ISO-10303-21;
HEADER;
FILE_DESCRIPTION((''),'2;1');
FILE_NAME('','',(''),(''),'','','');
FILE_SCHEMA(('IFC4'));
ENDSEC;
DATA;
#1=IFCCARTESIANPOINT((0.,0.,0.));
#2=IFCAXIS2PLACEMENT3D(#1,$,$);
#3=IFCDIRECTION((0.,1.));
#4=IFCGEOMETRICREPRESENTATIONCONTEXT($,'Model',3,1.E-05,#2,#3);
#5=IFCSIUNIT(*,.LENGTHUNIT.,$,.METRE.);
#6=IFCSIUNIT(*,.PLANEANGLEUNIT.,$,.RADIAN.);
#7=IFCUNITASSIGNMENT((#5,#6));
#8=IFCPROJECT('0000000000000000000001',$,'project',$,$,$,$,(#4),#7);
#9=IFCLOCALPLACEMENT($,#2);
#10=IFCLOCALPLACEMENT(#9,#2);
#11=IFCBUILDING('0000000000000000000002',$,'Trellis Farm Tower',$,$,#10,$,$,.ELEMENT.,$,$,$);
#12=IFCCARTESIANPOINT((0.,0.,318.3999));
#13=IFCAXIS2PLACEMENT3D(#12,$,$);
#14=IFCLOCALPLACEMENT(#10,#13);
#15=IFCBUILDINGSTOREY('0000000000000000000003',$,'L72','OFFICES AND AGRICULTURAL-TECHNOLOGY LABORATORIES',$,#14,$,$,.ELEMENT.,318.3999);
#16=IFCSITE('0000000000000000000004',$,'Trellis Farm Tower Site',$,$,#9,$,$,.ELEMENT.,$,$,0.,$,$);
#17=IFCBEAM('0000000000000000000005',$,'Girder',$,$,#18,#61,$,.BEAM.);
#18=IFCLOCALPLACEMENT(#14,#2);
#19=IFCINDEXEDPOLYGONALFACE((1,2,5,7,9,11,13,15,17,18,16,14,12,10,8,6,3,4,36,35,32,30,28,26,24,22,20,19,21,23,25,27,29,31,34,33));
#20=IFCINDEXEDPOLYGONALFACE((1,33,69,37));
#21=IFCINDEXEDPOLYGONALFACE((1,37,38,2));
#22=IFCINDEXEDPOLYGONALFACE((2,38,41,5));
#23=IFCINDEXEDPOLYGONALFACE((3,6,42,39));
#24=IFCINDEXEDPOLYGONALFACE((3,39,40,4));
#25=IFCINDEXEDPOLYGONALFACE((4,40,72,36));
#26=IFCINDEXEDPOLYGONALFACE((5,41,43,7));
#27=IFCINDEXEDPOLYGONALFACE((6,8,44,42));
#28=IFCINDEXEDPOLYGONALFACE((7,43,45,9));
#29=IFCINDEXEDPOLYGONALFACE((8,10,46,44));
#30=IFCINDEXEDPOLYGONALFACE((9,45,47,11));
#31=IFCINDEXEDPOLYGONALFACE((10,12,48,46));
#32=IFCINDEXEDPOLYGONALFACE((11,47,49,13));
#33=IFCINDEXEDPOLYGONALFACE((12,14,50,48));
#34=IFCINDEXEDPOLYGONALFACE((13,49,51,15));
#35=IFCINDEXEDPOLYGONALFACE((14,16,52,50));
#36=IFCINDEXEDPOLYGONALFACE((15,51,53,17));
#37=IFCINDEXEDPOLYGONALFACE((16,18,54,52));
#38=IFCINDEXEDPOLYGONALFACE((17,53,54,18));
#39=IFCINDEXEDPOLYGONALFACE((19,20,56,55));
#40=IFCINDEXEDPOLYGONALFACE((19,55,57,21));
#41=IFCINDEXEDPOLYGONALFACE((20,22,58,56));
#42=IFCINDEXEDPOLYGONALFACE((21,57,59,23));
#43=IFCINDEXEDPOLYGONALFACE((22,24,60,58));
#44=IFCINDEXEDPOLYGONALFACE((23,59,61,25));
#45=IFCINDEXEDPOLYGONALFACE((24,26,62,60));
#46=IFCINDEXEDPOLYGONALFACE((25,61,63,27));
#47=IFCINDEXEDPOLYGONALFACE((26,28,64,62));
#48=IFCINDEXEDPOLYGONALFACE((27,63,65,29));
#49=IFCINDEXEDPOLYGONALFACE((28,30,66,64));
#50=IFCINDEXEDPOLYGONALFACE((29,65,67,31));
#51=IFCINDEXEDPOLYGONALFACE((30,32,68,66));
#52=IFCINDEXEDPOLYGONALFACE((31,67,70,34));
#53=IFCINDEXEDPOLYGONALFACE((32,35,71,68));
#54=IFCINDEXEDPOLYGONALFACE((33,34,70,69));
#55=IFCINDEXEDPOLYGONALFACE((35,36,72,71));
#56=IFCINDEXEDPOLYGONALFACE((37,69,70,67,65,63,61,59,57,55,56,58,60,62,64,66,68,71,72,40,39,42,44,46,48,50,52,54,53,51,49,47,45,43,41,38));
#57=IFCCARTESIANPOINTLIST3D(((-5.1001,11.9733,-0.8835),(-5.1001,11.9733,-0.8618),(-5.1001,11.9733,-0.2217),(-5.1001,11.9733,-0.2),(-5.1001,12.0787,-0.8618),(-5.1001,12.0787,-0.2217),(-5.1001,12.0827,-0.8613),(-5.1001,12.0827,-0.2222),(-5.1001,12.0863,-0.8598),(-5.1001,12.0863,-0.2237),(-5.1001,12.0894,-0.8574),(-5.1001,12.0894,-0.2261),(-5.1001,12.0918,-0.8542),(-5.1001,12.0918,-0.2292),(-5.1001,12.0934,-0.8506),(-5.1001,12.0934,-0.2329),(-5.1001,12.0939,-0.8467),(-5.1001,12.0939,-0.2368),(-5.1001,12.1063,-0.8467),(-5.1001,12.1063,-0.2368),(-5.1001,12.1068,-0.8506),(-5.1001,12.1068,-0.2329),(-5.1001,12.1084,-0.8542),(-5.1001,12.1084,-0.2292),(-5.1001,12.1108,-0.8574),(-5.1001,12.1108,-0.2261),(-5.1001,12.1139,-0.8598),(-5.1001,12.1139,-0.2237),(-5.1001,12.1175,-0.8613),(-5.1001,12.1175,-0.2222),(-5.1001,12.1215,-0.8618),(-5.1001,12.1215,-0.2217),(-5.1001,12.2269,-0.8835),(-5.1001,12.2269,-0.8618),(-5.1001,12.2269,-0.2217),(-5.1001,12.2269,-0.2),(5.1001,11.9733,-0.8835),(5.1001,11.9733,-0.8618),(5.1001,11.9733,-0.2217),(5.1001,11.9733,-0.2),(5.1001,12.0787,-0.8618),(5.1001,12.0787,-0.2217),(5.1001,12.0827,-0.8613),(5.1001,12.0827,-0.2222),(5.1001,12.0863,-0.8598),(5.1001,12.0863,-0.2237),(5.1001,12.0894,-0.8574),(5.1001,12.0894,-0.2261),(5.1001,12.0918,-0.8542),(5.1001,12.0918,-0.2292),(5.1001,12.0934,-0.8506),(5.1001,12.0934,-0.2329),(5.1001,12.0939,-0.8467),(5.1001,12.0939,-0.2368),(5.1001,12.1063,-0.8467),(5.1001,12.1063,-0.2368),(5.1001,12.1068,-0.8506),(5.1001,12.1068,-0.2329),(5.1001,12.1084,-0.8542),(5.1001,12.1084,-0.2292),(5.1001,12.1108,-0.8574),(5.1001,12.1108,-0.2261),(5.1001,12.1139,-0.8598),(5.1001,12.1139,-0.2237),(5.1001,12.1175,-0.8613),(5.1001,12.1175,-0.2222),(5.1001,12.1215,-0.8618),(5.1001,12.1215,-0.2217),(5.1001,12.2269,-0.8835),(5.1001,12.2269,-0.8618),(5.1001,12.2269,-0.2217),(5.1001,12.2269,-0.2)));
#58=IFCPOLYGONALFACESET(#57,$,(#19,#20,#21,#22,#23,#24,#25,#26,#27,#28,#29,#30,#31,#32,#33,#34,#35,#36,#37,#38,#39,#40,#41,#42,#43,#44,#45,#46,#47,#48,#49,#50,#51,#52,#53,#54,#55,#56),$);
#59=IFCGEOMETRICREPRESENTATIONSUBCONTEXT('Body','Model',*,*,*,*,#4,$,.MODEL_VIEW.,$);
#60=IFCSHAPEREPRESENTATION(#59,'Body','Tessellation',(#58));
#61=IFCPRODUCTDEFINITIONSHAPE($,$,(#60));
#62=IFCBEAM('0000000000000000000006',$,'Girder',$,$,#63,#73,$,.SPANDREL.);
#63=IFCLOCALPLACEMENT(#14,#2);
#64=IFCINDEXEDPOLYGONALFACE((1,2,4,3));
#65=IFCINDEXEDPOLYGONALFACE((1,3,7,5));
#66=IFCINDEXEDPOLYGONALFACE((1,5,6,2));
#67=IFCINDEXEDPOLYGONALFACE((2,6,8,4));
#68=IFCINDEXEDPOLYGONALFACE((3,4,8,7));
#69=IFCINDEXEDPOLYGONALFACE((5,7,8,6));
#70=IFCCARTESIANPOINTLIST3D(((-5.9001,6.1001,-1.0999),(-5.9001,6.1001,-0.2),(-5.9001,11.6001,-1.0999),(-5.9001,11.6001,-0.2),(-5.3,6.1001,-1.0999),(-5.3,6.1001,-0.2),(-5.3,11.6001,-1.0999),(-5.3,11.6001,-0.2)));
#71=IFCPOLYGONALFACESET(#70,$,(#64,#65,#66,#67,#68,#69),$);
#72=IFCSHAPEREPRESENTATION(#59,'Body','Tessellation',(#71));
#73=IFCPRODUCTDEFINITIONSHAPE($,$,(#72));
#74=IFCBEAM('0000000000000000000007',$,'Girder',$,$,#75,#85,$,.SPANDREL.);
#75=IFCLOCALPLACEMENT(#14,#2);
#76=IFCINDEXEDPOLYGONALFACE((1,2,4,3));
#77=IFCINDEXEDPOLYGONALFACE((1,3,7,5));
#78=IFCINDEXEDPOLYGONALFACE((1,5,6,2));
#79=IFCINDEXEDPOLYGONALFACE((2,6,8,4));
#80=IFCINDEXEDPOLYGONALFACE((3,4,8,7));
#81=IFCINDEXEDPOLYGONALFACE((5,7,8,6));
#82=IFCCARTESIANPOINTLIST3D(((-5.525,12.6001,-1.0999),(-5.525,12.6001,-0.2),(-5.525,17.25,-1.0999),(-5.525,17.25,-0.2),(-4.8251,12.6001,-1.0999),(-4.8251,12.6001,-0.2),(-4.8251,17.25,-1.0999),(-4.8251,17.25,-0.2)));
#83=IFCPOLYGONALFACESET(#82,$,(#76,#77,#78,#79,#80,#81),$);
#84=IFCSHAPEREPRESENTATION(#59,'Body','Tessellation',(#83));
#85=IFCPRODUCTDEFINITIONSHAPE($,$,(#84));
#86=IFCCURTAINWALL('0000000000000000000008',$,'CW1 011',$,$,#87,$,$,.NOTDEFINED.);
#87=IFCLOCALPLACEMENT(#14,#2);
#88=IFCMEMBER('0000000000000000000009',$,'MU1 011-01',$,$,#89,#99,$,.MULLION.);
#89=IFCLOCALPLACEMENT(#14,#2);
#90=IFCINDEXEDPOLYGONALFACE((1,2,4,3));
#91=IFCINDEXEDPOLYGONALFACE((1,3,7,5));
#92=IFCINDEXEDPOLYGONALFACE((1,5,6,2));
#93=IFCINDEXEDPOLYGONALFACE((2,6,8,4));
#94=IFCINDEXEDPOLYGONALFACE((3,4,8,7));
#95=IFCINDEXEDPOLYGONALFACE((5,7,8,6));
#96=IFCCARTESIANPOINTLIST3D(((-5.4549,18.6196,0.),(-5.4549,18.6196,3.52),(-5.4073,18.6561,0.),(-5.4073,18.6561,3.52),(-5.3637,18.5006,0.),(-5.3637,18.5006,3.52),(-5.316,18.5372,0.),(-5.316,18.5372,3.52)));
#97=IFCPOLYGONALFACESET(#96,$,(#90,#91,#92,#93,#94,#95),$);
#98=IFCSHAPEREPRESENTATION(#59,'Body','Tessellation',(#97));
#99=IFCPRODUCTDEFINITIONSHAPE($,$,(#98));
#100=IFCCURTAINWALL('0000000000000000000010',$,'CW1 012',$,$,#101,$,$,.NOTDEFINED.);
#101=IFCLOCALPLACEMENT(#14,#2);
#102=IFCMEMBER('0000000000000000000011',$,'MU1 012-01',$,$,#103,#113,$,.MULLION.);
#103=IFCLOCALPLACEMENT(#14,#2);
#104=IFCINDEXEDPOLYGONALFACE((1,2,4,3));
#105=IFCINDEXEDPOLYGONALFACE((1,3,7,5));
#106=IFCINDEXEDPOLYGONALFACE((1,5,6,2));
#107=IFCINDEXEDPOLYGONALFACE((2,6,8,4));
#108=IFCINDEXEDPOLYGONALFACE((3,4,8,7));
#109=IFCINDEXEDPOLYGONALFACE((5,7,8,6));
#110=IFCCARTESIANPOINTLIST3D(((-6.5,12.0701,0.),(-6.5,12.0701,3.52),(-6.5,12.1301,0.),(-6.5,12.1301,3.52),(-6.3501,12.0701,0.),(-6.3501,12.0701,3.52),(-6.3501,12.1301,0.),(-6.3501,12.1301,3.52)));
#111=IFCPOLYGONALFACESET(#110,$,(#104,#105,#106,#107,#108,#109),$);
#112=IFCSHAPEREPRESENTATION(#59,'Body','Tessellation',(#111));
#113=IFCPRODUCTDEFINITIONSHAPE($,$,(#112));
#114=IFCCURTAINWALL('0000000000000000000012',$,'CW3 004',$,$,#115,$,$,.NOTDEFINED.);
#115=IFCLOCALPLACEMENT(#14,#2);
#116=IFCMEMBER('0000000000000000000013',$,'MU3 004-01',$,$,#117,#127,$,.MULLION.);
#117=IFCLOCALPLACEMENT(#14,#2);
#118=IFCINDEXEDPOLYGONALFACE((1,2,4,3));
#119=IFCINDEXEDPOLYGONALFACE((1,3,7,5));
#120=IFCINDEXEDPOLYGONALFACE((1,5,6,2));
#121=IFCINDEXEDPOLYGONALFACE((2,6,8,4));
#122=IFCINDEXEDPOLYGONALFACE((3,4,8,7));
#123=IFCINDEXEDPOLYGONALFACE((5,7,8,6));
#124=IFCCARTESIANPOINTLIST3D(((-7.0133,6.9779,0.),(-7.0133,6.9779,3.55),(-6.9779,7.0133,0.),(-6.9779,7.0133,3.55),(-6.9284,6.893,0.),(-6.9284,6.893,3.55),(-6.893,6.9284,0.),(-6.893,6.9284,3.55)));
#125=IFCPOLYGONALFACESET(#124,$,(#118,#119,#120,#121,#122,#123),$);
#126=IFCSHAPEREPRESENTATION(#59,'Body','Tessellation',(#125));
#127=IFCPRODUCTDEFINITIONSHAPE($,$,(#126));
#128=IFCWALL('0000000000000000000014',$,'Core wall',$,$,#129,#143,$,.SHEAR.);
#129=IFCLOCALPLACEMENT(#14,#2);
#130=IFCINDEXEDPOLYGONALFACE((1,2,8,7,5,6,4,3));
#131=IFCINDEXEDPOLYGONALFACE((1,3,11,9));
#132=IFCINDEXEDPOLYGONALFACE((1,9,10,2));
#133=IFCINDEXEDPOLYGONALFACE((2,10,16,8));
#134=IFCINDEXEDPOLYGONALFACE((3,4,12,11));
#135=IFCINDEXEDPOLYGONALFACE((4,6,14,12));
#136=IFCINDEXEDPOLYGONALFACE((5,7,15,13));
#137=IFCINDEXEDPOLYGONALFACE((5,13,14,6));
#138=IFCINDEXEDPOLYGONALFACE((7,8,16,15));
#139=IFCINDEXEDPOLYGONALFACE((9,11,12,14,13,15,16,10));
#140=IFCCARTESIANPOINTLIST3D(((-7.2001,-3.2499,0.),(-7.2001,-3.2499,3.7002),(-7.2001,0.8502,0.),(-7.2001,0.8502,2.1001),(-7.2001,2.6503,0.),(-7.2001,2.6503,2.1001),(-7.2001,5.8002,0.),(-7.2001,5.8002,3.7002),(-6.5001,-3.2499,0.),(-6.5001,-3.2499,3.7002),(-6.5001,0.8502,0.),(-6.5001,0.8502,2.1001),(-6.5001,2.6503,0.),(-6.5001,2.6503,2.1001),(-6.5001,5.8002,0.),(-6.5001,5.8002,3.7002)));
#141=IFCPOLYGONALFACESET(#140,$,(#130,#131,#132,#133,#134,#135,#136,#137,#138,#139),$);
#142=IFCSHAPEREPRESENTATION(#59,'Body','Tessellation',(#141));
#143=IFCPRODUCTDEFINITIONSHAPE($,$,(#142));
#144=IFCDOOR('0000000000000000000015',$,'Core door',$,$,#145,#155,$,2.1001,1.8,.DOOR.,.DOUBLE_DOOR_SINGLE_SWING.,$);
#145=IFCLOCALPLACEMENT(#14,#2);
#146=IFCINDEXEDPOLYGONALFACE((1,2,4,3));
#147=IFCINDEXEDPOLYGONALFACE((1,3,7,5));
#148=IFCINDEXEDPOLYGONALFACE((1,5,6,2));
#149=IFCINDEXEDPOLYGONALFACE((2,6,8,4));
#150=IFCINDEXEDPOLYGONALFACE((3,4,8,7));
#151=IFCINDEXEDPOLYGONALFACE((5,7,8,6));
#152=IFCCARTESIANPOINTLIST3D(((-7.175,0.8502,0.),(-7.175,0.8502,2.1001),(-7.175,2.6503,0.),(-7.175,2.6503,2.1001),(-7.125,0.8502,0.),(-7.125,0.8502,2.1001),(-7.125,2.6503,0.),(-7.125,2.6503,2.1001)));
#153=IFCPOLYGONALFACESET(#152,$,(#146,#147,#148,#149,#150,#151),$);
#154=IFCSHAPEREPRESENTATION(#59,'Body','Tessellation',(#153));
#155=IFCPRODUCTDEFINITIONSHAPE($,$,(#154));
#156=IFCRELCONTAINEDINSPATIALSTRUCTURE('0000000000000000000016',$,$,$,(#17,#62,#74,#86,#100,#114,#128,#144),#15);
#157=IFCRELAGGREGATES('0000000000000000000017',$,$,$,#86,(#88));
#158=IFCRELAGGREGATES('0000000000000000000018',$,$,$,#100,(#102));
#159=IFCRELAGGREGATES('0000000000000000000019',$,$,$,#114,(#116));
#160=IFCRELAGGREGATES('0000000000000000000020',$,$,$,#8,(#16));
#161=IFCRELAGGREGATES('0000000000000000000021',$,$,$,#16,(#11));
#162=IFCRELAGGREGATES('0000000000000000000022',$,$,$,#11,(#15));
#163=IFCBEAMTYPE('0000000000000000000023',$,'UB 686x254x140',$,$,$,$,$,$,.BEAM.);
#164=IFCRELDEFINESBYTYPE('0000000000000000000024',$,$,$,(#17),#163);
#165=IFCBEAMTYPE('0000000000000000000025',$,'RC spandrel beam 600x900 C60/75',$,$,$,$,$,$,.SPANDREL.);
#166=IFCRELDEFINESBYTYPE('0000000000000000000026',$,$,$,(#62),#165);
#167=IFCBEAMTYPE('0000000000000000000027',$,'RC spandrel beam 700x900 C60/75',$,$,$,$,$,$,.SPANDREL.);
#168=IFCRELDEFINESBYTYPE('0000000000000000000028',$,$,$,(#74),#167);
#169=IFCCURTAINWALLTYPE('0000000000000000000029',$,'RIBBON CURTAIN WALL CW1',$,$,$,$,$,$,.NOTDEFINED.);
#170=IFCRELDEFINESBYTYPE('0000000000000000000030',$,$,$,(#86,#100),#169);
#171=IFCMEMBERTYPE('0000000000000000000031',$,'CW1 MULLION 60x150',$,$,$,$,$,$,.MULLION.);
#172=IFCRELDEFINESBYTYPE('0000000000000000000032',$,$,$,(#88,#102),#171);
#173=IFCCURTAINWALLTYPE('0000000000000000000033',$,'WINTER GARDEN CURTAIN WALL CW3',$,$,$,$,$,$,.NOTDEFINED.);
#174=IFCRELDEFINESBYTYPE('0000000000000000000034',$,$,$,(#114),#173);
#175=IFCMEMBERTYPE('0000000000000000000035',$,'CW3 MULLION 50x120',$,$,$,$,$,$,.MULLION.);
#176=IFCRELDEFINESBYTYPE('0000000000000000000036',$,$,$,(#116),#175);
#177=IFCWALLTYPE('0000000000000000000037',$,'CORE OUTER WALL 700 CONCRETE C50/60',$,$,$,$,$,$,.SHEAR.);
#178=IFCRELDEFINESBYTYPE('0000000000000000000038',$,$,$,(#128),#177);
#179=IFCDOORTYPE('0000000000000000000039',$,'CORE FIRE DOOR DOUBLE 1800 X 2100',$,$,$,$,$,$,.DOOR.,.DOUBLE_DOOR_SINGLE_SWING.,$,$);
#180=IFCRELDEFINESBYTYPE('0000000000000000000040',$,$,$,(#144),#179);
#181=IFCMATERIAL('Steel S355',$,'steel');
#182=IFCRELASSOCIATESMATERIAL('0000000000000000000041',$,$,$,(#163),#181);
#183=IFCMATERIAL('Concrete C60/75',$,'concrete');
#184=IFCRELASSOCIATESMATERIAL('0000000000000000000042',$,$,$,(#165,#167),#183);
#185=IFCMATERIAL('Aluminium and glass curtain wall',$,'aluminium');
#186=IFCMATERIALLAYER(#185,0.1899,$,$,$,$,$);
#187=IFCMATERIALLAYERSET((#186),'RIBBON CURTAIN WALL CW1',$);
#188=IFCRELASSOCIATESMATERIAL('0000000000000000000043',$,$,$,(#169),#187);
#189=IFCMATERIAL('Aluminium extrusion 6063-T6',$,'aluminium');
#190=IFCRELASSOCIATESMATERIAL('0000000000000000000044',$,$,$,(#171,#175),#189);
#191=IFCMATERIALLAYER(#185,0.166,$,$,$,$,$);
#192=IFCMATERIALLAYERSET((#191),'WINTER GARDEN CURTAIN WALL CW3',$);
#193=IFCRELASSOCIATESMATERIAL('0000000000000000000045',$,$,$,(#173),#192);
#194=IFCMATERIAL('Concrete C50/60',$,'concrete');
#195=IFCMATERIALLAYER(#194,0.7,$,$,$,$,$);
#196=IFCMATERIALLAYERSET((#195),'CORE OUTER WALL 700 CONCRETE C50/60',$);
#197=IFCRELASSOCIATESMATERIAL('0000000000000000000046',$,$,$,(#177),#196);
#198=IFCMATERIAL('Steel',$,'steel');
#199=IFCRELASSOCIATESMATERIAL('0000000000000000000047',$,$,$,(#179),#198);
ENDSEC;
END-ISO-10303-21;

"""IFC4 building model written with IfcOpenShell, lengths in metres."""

from ifc_helpers import new_model, si_unit, direction, frame, frame_2d, origin, origin_2d, place, context, subcontext, project, spatial, rectangle, i_section, extrude, source, transform, mapped, material, layer, layer_set, material_profile, profile_set, type_object, element, fill, aggregate, save


model = new_model("IFC4")

# Units and contexts
model_context = context("Model", 3, precision=1e-05, world=origin(), true_north=direction((0.0, 1.0)))
body_context = subcontext(model_context, "Body", "Model", "MODEL_VIEW")
ifc_project = project(units=[si_unit("LENGTHUNIT", "METRE"), si_unit("PLANEANGLEUNIT", "RADIAN")], contexts=[model_context])

# Site, building, storey
site_placement = place(None, origin())
site = spatial("IfcSite", under=ifc_project, at=site_placement, Name="Trellis Farm Tower Site", CompositionType="ELEMENT", RefElevation=0.0)
building_placement = place(site_placement, origin())
building = spatial("IfcBuilding", under=site, at=building_placement, Name="Trellis Farm Tower", CompositionType="ELEMENT")
storey_placement = place(building_placement, frame((0.0, 0.0, 318.3999)))
storey = spatial("IfcBuildingStorey", under=building, at=storey_placement, Name="L72", Description="OFFICES AND AGRICULTURAL-TECHNOLOGY LABORATORIES", CompositionType="ELEMENT", Elevation=318.3999)

# Shared definitions
ifc_material_1 = material(Name="Concrete C60/75", Category="concrete")

# Beams
ifc_material_2 = material(Name="Steel S355", Category="steel")
ifc_material_profile_1 = material_profile(ifc_material_2, i_section(OverallWidth=0.2537, OverallDepth=0.6836, WebThickness=0.0125, FlangeThickness=0.0217, FilletRadius=0.0151, at=origin_2d()), Name="UB 686x254x140")
ifc_profile_set_1 = profile_set([ifc_material_profile_1], Name="Steel S355")
beam_type_1 = type_object("IfcBeamType", Name="UB 686x254x140", PredefinedType="BEAM", material=ifc_profile_set_1)
shared_shape_1 = source(origin(), body_context, "Body", "SweptSolid", [
    extrude(i_section(OverallWidth=0.2537, OverallDepth=0.6836, WebThickness=0.0125, FlangeThickness=0.0217, FilletRadius=0.0151, at=origin_2d()), origin(), (0.0, 0.0, 1.0), 10.2002),
])
for number, where, z_axis, x_axis, name in (
    (1, (-5.1001, 12.1001, -0.5417), (1.0, 0.0, 0.0), (0.0, 1.0, 0.0), "Girder"),
):
    element("IfcBeam", number, at=place(storey_placement, frame(where, z_axis=z_axis, x_axis=x_axis)), inside=storey, type_object=beam_type_1, Name=name, PredefinedType="BEAM", context=body_context, shape_type="MappedRepresentation", body=[
        mapped(shared_shape_1, transform((0.0, 0.0, 0.0))),
    ])
ifc_material_profile_2 = material_profile(ifc_material_1, rectangle(XDim=0.6001, YDim=0.8999, at=origin_2d()), Name="RC spandrel beam 600x900 C60/75")
ifc_profile_set_2 = profile_set([ifc_material_profile_2], Name="Concrete C60/75")
beam_type_2 = type_object("IfcBeamType", Name="RC spandrel beam 600x900 C60/75", PredefinedType="SPANDREL", material=ifc_profile_set_2)
shared_shape_2 = source(origin(), body_context, "Body", "SweptSolid", [
    extrude(rectangle(XDim=0.6001, YDim=0.8999, at=origin_2d()), origin(), (0.0, 0.0, 1.0), 5.5),
])
beam_1_placement = place(storey_placement, frame((-5.6001, 6.1001, -0.6499), z_axis=(0.0, 1.0, 0.0), x_axis=(-1.0, 0.0, 0.0)))
element("IfcBeam", 2, at=beam_1_placement, inside=storey, type_object=beam_type_2, Name="Girder", PredefinedType="SPANDREL", context=body_context, shape_type="MappedRepresentation", body=[
    mapped(shared_shape_2, transform((0.0, 0.0, 0.0))),
])
ifc_material_profile_3 = material_profile(ifc_material_1, rectangle(XDim=0.7, YDim=0.8999, at=origin_2d()), Name="RC spandrel beam 700x900 C60/75")
ifc_profile_set_3 = profile_set([ifc_material_profile_3], Name="Concrete C60/75")
beam_type_3 = type_object("IfcBeamType", Name="RC spandrel beam 700x900 C60/75", PredefinedType="SPANDREL", material=ifc_profile_set_3)
shared_shape_3 = source(origin(), body_context, "Body", "SweptSolid", [
    extrude(rectangle(XDim=0.7, YDim=0.8999, at=origin_2d()), origin(), (0.0, 0.0, 1.0), 4.6499),
])
beam_2_placement = place(storey_placement, frame((-5.175, 12.6001, -0.6499), z_axis=(0.0, 1.0, 0.0), x_axis=(-1.0, 0.0, 0.0)))
element("IfcBeam", 3, at=beam_2_placement, inside=storey, type_object=beam_type_3, Name="Girder", PredefinedType="SPANDREL", context=body_context, shape_type="MappedRepresentation", body=[
    mapped(shared_shape_3, transform((0.0, 0.0, 0.0))),
])

# Curtain walls, members
ifc_material_3 = material(Name="Aluminium and glass curtain wall", Category="aluminium")
ifc_layer_1 = layer(ifc_material_3, 0.1899)
ifc_layer_set_1 = layer_set([ifc_layer_1], Name="RIBBON CURTAIN WALL CW1")
curtain_wall_type_1 = type_object("IfcCurtainWallType", Name="RIBBON CURTAIN WALL CW1", PredefinedType="NOTDEFINED", material=ifc_layer_set_1)
placement = place(storey_placement, origin())
curtain_wall_1 = element("IfcCurtainWall", 4, at=placement, inside=storey, type_object=curtain_wall_type_1, Name="CW1 011", PredefinedType="NOTDEFINED")
ifc_material_4 = material(Name="Aluminium extrusion 6063-T6", Category="aluminium")
ifc_material_profile_4 = material_profile(ifc_material_4, rectangle(XDim=0.0601, YDim=0.1499, at=origin_2d()), Name="MULLION 60x150")
ifc_profile_set_4 = profile_set([ifc_material_profile_4], Name="Aluminium extrusion 6063-T6")
member_type_1 = type_object("IfcMemberType", Name="CW1 MULLION 60x150", PredefinedType="MULLION", material=ifc_profile_set_4)
shared_shape_4 = source(origin(), body_context, "Body", "SweptSolid", [
    extrude(rectangle(XDim=0.0601, YDim=0.1499, at=origin_2d()), origin(), (0.0, 0.0, 1.0), 3.52),
])
member_1_placement = place(storey_placement, frame((-5.3855, 18.5784, 0.0), z_axis=(0.0, 0.0, 1.0), x_axis=(-0.793353, -0.608761, 0.0)))
member_1 = element("IfcMember", 5, at=member_1_placement, type_object=member_type_1, Name="MU1 011-01", PredefinedType="MULLION", context=body_context, shape_type="MappedRepresentation", body=[
    mapped(shared_shape_4, transform((0.0, 0.0, 0.0))),
])
aggregate(curtain_wall_1, [member_1])
curtain_wall_2 = element("IfcCurtainWall", 6, at=placement, inside=storey, type_object=curtain_wall_type_1, Name="CW1 012", PredefinedType="NOTDEFINED")
member_2_placement = place(storey_placement, frame((-6.425, 12.1001, 0.0), z_axis=(0.0, 0.0, 1.0), x_axis=(0.0, -1.0, 0.0)))
member_2 = element("IfcMember", 7, at=member_2_placement, type_object=member_type_1, Name="MU1 012-01", PredefinedType="MULLION", context=body_context, shape_type="MappedRepresentation", body=[
    mapped(shared_shape_4, transform((0.0, 0.0, 0.0))),
])
aggregate(curtain_wall_2, [member_2])
ifc_layer_2 = layer(ifc_material_3, 0.166)
ifc_layer_set_2 = layer_set([ifc_layer_2], Name="WINTER GARDEN CURTAIN WALL CW3")
curtain_wall_type_2 = type_object("IfcCurtainWallType", Name="WINTER GARDEN CURTAIN WALL CW3", PredefinedType="NOTDEFINED", material=ifc_layer_set_2)
curtain_wall_3 = element("IfcCurtainWall", 8, at=placement, inside=storey, type_object=curtain_wall_type_2, Name="CW3 004", PredefinedType="NOTDEFINED")
ifc_material_profile_5 = material_profile(ifc_material_4, rectangle(XDim=0.05, YDim=0.1201, at=origin_2d()), Name="MULLION 50x120")
ifc_profile_set_5 = profile_set([ifc_material_profile_5], Name="Aluminium extrusion 6063-T6")
member_type_2 = type_object("IfcMemberType", Name="CW3 MULLION 50x120", PredefinedType="MULLION", material=ifc_profile_set_5)
shared_shape_5 = source(origin(), body_context, "Body", "SweptSolid", [
    extrude(rectangle(XDim=0.05, YDim=0.1201, at=origin_2d()), origin(), (0.0, 0.0, 1.0), 3.55),
])
member_3_placement = place(storey_placement, frame((-6.9531, 6.9531, 0.0), z_axis=(0.0, 0.0, 1.0), x_axis=(-0.707107, -0.707107, 0.0)))
member_3 = element("IfcMember", 9, at=member_3_placement, type_object=member_type_2, Name="MU3 004-01", PredefinedType="MULLION", context=body_context, shape_type="MappedRepresentation", body=[
    mapped(shared_shape_5, transform((0.0, 0.0, 0.0))),
])
aggregate(curtain_wall_3, [member_3])

# Wall, opening, door
ifc_material_5 = material(Name="Concrete C50/60", Category="concrete")
ifc_layer_3 = layer(ifc_material_5, 0.7)
ifc_layer_set_3 = layer_set([ifc_layer_3], Name="CORE OUTER WALL 700 CONCRETE C50/60")
wall_type_1 = type_object("IfcWallType", Name="CORE OUTER WALL 700 CONCRETE C50/60", PredefinedType="SHEAR", material=ifc_layer_set_3)
shared_shape_6 = source(origin(), body_context, "Body", "SweptSolid", [
    extrude(rectangle(XDim=9.05, YDim=0.7, at=frame_2d((4.5249, 0.0))), origin(), (0.0, 0.0, 1.0), 3.7002),
])
wall_1_placement = place(storey_placement, frame((-6.8501, 5.8, 0.0), z_axis=(0.0, 0.0, 1.0), x_axis=(0.0, -1.0, 0.0)))
wall_1 = element("IfcWall", 10, at=wall_1_placement, inside=storey, type_object=wall_type_1, Name="Core wall", PredefinedType="SHEAR", context=body_context, shape_type="MappedRepresentation", body=[
    mapped(shared_shape_6, transform((0.0, 0.0, 0.0))),
])
shared_shape_7 = source(origin(), body_context, "Body", "SweptSolid", [
    extrude(rectangle(XDim=1.8, YDim=2.1001, at=frame_2d((0.8999, 1.05))), frame((0.0, 0.3601, 0.0), z_axis=(0.0, -1.0, 0.0), x_axis=(1.0, 0.0, 0.0)), (0.0, 0.0, 1.0), 0.7202),
])
opening_1_placement = place(wall_1_placement, frame((3.1499, 0.0, 0.0)))
opening_1 = element("IfcOpeningElement", 11, at=opening_1_placement, cuts=wall_1, PredefinedType="OPENING", context=body_context, shape_type="MappedRepresentation", body=[
    mapped(shared_shape_7, transform((0.0, 0.0, 0.0))),
])
ifc_material_6 = material(Name="Steel", Category="steel")
door_type_1 = type_object("IfcDoorType", Name="CORE FIRE DOOR DOUBLE 1800 X 2100", OperationType="DOUBLE_DOOR_SINGLE_SWING", PredefinedType="DOOR", material=ifc_material_6)
shared_shape_8 = source(origin(), body_context, "Body", "SweptSolid", [
    extrude(rectangle(XDim=1.8, YDim=2.1001, at=frame_2d((0.8999, 1.05))), frame((0.0, -0.2749, 0.0), z_axis=(0.0, -1.0, 0.0), x_axis=(1.0, 0.0, 0.0)), (0.0, 0.0, 1.0), 0.05),
])
door_1_placement = place(opening_1_placement, origin())
door_1 = element("IfcDoor", 12, at=door_1_placement, inside=storey, type_object=door_type_1, Name="Core door", OperationType="DOUBLE_DOOR_SINGLE_SWING", OverallHeight=2.1001, OverallWidth=1.8, PredefinedType="DOOR", context=body_context, shape_type="MappedRepresentation", body=[
    mapped(shared_shape_8, transform((0.0, 0.0, 0.0))),
])
fill(opening_1, door_1)

save(model, "model.ifc")
